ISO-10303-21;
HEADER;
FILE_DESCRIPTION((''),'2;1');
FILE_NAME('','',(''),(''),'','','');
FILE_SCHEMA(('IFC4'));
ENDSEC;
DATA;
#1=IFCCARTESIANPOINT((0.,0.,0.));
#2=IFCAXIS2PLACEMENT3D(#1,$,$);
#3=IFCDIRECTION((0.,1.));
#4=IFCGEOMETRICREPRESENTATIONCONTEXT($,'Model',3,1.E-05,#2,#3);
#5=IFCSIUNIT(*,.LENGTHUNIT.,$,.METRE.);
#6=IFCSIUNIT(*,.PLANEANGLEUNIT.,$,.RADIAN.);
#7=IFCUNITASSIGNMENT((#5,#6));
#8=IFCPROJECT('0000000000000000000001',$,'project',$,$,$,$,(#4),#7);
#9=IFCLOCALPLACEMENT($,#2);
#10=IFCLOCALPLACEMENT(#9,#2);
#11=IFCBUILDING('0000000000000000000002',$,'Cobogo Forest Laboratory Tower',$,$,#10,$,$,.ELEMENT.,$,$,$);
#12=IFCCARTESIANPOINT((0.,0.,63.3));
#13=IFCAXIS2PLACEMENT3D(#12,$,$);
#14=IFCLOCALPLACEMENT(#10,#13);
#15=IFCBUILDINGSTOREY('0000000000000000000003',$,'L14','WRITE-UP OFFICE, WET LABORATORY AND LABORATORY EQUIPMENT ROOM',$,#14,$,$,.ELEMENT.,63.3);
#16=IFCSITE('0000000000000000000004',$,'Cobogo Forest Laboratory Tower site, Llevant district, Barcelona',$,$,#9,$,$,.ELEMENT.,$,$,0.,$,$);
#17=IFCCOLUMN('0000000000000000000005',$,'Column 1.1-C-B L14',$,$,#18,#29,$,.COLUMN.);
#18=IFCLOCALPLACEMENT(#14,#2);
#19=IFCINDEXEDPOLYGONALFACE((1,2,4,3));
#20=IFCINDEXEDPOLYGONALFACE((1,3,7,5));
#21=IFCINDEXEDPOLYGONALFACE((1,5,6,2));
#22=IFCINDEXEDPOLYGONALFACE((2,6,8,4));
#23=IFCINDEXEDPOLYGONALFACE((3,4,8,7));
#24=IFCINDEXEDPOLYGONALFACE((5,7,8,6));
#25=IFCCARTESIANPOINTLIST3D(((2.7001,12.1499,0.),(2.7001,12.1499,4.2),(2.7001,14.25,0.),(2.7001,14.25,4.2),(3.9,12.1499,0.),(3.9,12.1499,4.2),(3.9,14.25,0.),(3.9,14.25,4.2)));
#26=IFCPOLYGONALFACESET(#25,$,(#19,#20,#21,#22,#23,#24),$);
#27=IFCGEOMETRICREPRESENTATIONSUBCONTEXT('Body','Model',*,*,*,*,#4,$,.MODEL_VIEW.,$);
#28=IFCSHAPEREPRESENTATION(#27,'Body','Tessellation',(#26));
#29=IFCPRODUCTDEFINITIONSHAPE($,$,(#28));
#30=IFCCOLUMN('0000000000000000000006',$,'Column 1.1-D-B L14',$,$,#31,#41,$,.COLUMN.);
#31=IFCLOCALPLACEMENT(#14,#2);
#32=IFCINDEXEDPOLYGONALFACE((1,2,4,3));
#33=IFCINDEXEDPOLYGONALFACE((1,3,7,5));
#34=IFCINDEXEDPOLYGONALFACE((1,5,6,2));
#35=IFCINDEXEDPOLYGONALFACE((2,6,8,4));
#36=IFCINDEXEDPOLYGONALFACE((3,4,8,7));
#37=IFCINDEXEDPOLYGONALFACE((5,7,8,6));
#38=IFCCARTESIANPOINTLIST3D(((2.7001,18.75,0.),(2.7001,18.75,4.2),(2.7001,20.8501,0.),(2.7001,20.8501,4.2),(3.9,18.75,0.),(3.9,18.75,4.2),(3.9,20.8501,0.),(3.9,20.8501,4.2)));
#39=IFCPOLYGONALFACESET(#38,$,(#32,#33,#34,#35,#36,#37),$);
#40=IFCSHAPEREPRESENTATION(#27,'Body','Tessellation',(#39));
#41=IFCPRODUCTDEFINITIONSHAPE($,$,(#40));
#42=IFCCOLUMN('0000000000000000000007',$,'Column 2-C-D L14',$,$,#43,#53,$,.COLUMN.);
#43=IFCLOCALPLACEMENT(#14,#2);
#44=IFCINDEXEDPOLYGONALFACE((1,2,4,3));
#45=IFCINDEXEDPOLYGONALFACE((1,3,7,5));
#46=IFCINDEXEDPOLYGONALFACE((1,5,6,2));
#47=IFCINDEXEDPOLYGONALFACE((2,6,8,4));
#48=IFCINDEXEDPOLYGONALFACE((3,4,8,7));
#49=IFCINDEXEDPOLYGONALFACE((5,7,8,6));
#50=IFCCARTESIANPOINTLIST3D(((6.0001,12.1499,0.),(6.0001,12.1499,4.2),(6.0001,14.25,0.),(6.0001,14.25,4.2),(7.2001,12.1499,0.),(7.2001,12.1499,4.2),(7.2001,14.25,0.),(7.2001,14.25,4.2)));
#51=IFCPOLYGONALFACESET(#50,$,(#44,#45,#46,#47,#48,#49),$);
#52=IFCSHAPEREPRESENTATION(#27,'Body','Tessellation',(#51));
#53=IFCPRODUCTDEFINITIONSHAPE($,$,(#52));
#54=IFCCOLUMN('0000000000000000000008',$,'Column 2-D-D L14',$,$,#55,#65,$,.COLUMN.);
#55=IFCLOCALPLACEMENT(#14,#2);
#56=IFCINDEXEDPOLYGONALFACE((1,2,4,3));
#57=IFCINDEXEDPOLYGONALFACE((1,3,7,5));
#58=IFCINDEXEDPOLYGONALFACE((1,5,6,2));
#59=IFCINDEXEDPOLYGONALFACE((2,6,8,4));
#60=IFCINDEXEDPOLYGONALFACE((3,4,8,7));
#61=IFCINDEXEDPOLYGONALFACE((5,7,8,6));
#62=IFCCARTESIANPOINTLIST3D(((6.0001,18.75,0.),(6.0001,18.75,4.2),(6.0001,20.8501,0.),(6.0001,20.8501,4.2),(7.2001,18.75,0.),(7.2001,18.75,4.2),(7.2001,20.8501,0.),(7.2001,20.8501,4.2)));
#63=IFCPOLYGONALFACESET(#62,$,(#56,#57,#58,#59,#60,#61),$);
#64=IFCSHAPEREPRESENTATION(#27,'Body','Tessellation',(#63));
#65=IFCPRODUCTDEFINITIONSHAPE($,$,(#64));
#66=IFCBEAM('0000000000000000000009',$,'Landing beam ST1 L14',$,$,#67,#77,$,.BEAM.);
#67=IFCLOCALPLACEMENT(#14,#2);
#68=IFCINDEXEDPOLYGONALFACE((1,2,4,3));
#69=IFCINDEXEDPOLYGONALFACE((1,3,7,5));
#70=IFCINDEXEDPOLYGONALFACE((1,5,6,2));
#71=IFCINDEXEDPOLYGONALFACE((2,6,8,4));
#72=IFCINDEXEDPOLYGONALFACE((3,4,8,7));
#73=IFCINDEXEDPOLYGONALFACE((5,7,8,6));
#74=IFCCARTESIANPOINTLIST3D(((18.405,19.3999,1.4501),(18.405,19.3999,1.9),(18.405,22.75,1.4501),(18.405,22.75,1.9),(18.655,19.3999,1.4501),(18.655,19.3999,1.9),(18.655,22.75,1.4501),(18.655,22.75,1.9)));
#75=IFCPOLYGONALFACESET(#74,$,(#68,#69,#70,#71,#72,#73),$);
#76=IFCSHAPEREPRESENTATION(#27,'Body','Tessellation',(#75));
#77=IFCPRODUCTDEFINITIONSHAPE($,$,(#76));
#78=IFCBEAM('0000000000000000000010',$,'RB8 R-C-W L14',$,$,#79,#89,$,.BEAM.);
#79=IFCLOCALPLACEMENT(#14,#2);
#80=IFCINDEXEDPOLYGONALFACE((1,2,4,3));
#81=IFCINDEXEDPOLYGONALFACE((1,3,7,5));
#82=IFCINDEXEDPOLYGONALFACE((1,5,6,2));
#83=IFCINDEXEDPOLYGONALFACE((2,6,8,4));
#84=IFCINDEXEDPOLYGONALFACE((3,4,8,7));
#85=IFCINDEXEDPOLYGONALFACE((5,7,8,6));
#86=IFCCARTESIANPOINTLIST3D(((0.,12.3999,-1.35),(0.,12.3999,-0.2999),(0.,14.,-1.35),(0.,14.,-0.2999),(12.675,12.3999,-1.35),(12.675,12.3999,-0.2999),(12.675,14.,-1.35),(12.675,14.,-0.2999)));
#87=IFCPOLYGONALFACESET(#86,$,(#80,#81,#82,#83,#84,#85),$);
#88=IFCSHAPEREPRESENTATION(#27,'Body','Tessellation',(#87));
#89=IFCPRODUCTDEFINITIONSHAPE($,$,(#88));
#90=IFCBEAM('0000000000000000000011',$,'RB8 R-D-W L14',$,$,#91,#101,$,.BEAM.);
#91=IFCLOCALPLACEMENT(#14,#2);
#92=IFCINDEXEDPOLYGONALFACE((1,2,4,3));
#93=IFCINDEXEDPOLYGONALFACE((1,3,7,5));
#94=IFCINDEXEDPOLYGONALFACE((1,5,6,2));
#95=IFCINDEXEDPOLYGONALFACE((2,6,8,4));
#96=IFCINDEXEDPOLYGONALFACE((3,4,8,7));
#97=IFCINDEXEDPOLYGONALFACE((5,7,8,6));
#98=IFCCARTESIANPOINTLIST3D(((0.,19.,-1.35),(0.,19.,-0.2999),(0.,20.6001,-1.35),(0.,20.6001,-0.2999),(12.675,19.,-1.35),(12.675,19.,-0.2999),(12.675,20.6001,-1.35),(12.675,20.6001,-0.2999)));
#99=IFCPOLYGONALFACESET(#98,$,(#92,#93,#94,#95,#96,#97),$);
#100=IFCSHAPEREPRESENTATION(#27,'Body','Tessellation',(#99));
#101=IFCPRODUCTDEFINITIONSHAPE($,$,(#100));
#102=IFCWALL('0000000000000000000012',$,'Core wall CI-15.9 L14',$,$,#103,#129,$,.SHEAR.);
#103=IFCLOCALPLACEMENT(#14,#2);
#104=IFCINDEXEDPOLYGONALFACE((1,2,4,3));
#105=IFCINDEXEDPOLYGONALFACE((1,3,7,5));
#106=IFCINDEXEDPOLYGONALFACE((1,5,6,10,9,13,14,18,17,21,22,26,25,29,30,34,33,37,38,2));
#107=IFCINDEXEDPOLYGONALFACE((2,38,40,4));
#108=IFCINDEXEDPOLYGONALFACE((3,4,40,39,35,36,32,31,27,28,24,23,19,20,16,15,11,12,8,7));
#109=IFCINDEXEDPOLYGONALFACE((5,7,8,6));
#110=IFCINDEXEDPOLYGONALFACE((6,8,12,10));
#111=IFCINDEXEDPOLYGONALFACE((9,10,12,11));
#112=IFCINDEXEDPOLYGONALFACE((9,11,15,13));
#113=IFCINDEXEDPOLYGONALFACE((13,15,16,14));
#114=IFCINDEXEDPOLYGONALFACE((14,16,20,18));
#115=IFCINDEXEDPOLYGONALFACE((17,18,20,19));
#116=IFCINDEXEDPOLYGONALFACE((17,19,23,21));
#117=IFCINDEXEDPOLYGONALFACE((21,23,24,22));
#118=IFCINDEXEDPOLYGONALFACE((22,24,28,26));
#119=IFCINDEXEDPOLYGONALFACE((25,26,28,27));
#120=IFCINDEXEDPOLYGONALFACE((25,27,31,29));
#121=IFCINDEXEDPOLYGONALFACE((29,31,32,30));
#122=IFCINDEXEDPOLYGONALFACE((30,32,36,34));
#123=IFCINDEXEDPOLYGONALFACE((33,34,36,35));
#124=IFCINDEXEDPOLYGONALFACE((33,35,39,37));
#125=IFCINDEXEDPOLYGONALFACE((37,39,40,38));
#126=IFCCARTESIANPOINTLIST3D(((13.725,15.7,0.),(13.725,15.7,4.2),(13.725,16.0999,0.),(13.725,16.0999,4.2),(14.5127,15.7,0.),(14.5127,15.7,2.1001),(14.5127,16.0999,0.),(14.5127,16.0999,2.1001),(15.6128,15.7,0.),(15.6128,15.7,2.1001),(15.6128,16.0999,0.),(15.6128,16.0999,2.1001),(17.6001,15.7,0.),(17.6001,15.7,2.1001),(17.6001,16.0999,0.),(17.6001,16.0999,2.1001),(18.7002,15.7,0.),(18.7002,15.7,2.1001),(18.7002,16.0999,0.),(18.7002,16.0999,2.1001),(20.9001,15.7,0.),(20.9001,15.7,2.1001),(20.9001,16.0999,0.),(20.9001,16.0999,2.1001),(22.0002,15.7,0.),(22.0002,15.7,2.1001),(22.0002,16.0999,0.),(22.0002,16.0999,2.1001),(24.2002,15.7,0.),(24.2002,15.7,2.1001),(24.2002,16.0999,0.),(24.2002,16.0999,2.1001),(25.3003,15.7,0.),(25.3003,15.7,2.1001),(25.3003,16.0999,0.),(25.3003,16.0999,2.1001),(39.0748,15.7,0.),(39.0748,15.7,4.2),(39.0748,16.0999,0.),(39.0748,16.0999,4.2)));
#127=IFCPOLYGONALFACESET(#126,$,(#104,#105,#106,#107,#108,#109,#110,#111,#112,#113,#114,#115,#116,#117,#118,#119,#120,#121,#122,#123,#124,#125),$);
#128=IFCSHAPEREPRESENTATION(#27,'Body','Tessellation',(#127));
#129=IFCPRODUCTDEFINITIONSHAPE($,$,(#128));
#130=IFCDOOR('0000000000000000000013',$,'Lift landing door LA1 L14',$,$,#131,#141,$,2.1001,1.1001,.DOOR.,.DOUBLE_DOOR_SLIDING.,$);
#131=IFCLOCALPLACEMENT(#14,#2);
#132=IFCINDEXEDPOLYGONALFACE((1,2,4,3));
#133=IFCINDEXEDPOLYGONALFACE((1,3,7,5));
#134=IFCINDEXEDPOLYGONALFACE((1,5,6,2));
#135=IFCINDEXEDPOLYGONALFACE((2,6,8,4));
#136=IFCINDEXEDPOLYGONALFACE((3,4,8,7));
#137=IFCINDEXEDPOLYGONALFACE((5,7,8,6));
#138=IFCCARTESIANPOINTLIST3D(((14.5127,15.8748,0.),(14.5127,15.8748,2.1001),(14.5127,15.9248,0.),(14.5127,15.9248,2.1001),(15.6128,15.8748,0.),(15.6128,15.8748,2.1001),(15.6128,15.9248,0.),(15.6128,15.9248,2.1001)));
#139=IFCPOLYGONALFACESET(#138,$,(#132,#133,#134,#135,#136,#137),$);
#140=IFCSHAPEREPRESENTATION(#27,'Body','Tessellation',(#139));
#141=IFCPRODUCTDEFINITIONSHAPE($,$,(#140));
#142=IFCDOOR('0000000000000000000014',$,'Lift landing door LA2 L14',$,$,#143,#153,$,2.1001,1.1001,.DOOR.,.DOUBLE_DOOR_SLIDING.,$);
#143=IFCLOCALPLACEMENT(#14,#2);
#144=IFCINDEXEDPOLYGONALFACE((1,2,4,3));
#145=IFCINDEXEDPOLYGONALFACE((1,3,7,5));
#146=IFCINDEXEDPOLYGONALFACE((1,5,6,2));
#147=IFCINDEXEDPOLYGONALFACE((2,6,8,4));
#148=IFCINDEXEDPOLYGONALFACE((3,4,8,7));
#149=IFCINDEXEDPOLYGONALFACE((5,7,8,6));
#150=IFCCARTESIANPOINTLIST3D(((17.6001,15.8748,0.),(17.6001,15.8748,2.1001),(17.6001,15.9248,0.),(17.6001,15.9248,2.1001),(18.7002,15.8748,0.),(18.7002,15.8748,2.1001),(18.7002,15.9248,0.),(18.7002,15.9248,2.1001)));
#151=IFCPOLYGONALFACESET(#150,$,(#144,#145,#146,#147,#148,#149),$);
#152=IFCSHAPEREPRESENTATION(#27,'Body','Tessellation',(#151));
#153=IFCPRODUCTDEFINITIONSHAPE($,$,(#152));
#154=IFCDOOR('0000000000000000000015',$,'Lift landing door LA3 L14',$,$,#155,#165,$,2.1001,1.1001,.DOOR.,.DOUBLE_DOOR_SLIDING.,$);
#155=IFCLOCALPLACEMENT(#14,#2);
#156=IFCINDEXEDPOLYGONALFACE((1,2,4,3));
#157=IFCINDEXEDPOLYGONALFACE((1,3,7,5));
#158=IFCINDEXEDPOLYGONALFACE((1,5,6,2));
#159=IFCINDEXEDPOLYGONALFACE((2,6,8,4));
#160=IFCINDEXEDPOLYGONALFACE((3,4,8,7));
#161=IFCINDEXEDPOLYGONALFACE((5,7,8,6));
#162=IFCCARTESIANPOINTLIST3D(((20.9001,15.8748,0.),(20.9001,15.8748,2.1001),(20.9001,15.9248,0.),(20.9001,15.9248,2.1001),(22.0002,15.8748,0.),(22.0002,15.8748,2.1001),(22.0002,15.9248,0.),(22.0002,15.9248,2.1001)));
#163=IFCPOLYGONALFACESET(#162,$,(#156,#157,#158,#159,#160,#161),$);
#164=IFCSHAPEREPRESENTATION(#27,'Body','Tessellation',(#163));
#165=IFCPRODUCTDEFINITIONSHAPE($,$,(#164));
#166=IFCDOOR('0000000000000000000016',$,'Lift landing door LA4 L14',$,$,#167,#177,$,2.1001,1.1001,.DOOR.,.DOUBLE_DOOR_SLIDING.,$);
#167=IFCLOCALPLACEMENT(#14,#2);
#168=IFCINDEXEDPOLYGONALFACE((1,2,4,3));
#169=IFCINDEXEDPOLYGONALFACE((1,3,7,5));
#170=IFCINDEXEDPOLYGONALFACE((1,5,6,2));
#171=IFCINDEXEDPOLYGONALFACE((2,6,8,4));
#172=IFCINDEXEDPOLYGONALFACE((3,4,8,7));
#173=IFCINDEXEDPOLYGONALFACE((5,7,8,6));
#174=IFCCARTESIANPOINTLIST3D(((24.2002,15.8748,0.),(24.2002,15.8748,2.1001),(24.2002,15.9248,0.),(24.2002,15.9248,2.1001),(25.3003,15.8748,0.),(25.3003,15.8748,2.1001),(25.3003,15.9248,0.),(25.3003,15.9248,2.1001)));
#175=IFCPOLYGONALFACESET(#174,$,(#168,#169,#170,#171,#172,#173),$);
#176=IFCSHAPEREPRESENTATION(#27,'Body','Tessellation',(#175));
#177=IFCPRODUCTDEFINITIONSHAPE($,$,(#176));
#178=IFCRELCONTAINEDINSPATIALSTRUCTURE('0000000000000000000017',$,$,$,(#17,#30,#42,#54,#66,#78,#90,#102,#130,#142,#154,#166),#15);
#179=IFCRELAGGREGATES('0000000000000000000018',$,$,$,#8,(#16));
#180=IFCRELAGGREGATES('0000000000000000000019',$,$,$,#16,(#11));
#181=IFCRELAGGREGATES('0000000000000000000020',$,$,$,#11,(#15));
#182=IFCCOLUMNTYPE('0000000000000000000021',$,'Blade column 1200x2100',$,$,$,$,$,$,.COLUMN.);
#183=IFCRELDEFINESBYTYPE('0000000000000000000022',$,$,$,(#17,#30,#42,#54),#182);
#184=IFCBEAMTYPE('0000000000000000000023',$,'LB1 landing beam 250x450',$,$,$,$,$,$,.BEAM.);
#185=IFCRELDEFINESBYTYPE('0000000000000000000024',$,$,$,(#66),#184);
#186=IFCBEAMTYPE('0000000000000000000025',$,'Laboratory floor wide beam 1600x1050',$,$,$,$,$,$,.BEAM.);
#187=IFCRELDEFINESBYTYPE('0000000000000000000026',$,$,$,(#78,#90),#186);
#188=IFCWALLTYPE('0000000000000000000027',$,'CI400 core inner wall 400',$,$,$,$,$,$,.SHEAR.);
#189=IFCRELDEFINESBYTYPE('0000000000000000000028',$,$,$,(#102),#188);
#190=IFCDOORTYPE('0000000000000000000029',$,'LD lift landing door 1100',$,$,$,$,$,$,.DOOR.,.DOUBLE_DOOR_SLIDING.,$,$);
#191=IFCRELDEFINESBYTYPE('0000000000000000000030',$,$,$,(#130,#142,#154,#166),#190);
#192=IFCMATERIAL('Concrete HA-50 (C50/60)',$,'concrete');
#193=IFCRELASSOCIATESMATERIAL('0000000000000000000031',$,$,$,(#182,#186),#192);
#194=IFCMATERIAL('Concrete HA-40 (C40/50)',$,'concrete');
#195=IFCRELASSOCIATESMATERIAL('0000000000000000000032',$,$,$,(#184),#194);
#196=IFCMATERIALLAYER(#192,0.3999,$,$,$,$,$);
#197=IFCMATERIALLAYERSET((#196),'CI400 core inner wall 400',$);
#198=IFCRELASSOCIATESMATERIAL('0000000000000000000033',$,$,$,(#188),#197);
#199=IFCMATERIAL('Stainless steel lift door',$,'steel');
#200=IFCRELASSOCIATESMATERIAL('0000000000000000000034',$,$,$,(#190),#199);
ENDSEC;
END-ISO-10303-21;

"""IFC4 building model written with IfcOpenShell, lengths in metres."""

from ifc_helpers import new_model, si_unit, direction, frame, frame_2d, origin, origin_2d, place, context, subcontext, project, spatial, rectangle, extrude, material, layer, layer_set, material_profile, profile_set, type_object, element, fill, save


model = new_model("IFC4")

# Units and contexts
model_context = context("Model", 3, precision=1e-05, world=origin(), true_north=direction((0.0, 1.0)))
body_context = subcontext(model_context, "Body", "Model", "MODEL_VIEW")
ifc_project = project(units=[si_unit("LENGTHUNIT", "METRE"), si_unit("PLANEANGLEUNIT", "RADIAN")], contexts=[model_context])

# Site, building, storey
site_placement = place(None, origin())
site = spatial("IfcSite", under=ifc_project, at=site_placement, Name="Cobogo Forest Laboratory Tower site, Llevant district, Barcelona", CompositionType="ELEMENT", RefElevation=0.0)
building_placement = place(site_placement, origin())
building = spatial("IfcBuilding", under=site, at=building_placement, Name="Cobogo Forest Laboratory Tower", CompositionType="ELEMENT")
storey_placement = place(building_placement, frame((0.0, 0.0, 63.3)))
storey = spatial("IfcBuildingStorey", under=building, at=storey_placement, Name="L14", Description="WRITE-UP OFFICE, WET LABORATORY AND LABORATORY EQUIPMENT ROOM", CompositionType="ELEMENT", Elevation=63.3)

# Columns
ifc_material_1 = material(Name="Concrete HA-50 (C50/60)", Category="concrete")
ifc_material_profile_1 = material_profile(ifc_material_1, rectangle(XDim=2.1001, YDim=1.2, at=origin_2d()), Name="RC 1200x2100")
ifc_profile_set_1 = profile_set([ifc_material_profile_1], Name="Concrete HA-50 (C50/60)")
column_type = type_object("IfcColumnType", Name="Blade column 1200x2100", PredefinedType="COLUMN", material=ifc_profile_set_1)
for number, where, z_axis, x_axis, name in (
    (1, (3.3, 13.2, 0.0), (0.0, 0.0, 1.0), (0.0, 1.0, 0.0), "Column 1.1-C-B L14"),
    (2, (3.3, 19.8, 0.0), (0.0, 0.0, 1.0), (0.0, 1.0, 0.0), "Column 1.1-D-B L14"),
    (3, (6.6001, 13.2, 0.0), (0.0, 0.0, 1.0), (0.0, 1.0, 0.0), "Column 2-C-D L14"),
    (4, (6.6001, 19.8, 0.0), (0.0, 0.0, 1.0), (0.0, 1.0, 0.0), "Column 2-D-D L14"),
):
    element("IfcColumn", number, at=place(storey_placement, frame(where, z_axis=z_axis, x_axis=x_axis)), inside=storey, type_object=column_type, Name=name, PredefinedType="COLUMN", context=body_context, shape_type="SweptSolid", body=[
        extrude(rectangle(XDim=2.1001, YDim=1.2, at=origin_2d()), origin(), (0.0, 0.0, 1.0), 4.2),
    ])

# Beams
ifc_material_2 = material(Name="Concrete HA-40 (C40/50)", Category="concrete")
ifc_material_profile_2 = material_profile(ifc_material_2, rectangle(XDim=0.25, YDim=0.45, at=origin_2d()), Name="RC 250x450")
ifc_profile_set_2 = profile_set([ifc_material_profile_2], Name="Concrete HA-40 (C40/50)")
beam_type_1 = type_object("IfcBeamType", Name="LB1 landing beam 250x450", PredefinedType="BEAM", material=ifc_profile_set_2)
beam_placement = place(storey_placement, frame((18.53, 19.3999, 1.675), z_axis=(0.0, 1.0, 0.0), x_axis=(-1.0, 0.0, 0.0)))
element("IfcBeam", 5, at=beam_placement, inside=storey, type_object=beam_type_1, Name="Landing beam ST1 L14", PredefinedType="BEAM", context=body_context, shape_type="SweptSolid", body=[
    extrude(rectangle(XDim=0.25, YDim=0.45, at=origin_2d()), origin(), (0.0, 0.0, 1.0), 3.3501),
])
ifc_material_profile_3 = material_profile(ifc_material_1, rectangle(XDim=1.6001, YDim=1.05, at=origin_2d()), Name="RC 1600x1050")
ifc_profile_set_3 = profile_set([ifc_material_profile_3], Name="Concrete HA-50 (C50/60)")
beam_type_2 = type_object("IfcBeamType", Name="Laboratory floor wide beam 1600x1050", PredefinedType="BEAM", material=ifc_profile_set_3)
for number, where, z_axis, x_axis, name in (
    (6, (12.675, 13.2, -0.825), (-1.0, 0.0, 0.0), (0.0, -1.0, 0.0), "RB8 R-C-W L14"),
    (7, (12.675, 19.8, -0.825), (-1.0, 0.0, 0.0), (0.0, -1.0, 0.0), "RB8 R-D-W L14"),
):
    element("IfcBeam", number, at=place(storey_placement, frame(where, z_axis=z_axis, x_axis=x_axis)), inside=storey, type_object=beam_type_2, Name=name, PredefinedType="BEAM", context=body_context, shape_type="SweptSolid", body=[
        extrude(rectangle(XDim=1.6001, YDim=1.05, at=origin_2d()), origin(), (0.0, 0.0, 1.0), 12.675),
    ])

# Wall, openings, doors
ifc_layer_1 = layer(ifc_material_1, 0.3999)
ifc_layer_set_1 = layer_set([ifc_layer_1], Name="CI400 core inner wall 400")
wall_type_1 = type_object("IfcWallType", Name="CI400 core inner wall 400", PredefinedType="SHEAR", material=ifc_layer_set_1)
wall_1_placement = place(storey_placement, frame((13.7251, 15.8999, 0.0), z_axis=(0.0, 0.0, 1.0), x_axis=(1.0, 0.0, 0.0)))
wall_1 = element("IfcWall", 8, at=wall_1_placement, inside=storey, type_object=wall_type_1, Name="Core wall CI-15.9 L14", PredefinedType="SHEAR", context=body_context, shape_type="SweptSolid", body=[
    extrude(rectangle(XDim=25.3499, YDim=0.3999, at=frame_2d((12.6748, 0.0))), origin(), (0.0, 0.0, 1.0), 4.2),
])
opening_1_placement = place(wall_1_placement, frame((0.7876, 0.0, 0.0)))
opening_1 = element("IfcOpeningElement", 9, at=opening_1_placement, cuts=wall_1, PredefinedType="OPENING", context=body_context, shape_type="SweptSolid", body=[
    extrude(rectangle(XDim=1.1001, YDim=2.1001, at=frame_2d((0.55, 1.05))), frame((0.0, 0.21, 0.0), z_axis=(0.0, -1.0, 0.0), x_axis=(1.0, 0.0, 0.0)), (0.0, 0.0, 1.0), 0.4199),
])
opening_2_placement = place(wall_1_placement, frame((3.875, 0.0, 0.0)))
opening_2 = element("IfcOpeningElement", 10, at=opening_2_placement, cuts=wall_1, PredefinedType="OPENING", context=body_context, shape_type="SweptSolid", body=[
    extrude(rectangle(XDim=1.1001, YDim=2.1001, at=frame_2d((0.55, 1.05))), frame((0.0, 0.21, 0.0), z_axis=(0.0, -1.0, 0.0), x_axis=(1.0, 0.0, 0.0)), (0.0, 0.0, 1.0), 0.4199),
])
opening_3_placement = place(wall_1_placement, frame((7.175, 0.0, 0.0)))
opening_3 = element("IfcOpeningElement", 11, at=opening_3_placement, cuts=wall_1, PredefinedType="OPENING", context=body_context, shape_type="SweptSolid", body=[
    extrude(rectangle(XDim=1.1001, YDim=2.1001, at=frame_2d((0.55, 1.05))), frame((0.0, 0.21, 0.0), z_axis=(0.0, -1.0, 0.0), x_axis=(1.0, 0.0, 0.0)), (0.0, 0.0, 1.0), 0.4199),
])
opening_4_placement = place(wall_1_placement, frame((10.4751, 0.0, 0.0)))
opening_4 = element("IfcOpeningElement", 12, at=opening_4_placement, cuts=wall_1, PredefinedType="OPENING", context=body_context, shape_type="SweptSolid", body=[
    extrude(rectangle(XDim=1.1001, YDim=2.1001, at=frame_2d((0.55, 1.05))), frame((0.0, 0.21, 0.0), z_axis=(0.0, -1.0, 0.0), x_axis=(1.0, 0.0, 0.0)), (0.0, 0.0, 1.0), 0.4199),
])
ifc_material_3 = material(Name="Stainless steel lift door", Category="steel")
door_type_1 = type_object("IfcDoorType", Name="LD lift landing door 1100", OperationType="DOUBLE_DOOR_SLIDING", PredefinedType="DOOR", material=ifc_material_3)
door_1_placement = place(opening_1_placement, origin())
door_1 = element("IfcDoor", 13, at=door_1_placement, inside=storey, type_object=door_type_1, Name="Lift landing door LA1 L14", OperationType="DOUBLE_DOOR_SLIDING", OverallHeight=2.1001, OverallWidth=1.1001, PredefinedType="DOOR", context=body_context, shape_type="SweptSolid", body=[
    extrude(rectangle(XDim=1.1001, YDim=2.1001, at=frame_2d((0.55, 1.05))), frame((0.0, 0.0249, 0.0), z_axis=(0.0, -1.0, 0.0), x_axis=(1.0, 0.0, 0.0)), (0.0, 0.0, 1.0), 0.05),
])
fill(opening_1, door_1)
door_2_placement = place(opening_2_placement, origin())
door_2 = element("IfcDoor", 14, at=door_2_placement, inside=storey, type_object=door_type_1, Name="Lift landing door LA2 L14", OperationType="DOUBLE_DOOR_SLIDING", OverallHeight=2.1001, OverallWidth=1.1001, PredefinedType="DOOR", context=body_context, shape_type="SweptSolid", body=[
    extrude(rectangle(XDim=1.1001, YDim=2.1001, at=frame_2d((0.55, 1.05))), frame((0.0, 0.0249, 0.0), z_axis=(0.0, -1.0, 0.0), x_axis=(1.0, 0.0, 0.0)), (0.0, 0.0, 1.0), 0.05),
])
fill(opening_2, door_2)
door_3_placement = place(opening_3_placement, origin())
door_3 = element("IfcDoor", 15, at=door_3_placement, inside=storey, type_object=door_type_1, Name="Lift landing door LA3 L14", OperationType="DOUBLE_DOOR_SLIDING", OverallHeight=2.1001, OverallWidth=1.1001, PredefinedType="DOOR", context=body_context, shape_type="SweptSolid", body=[
    extrude(rectangle(XDim=1.1001, YDim=2.1001, at=frame_2d((0.55, 1.05))), frame((0.0, 0.0249, 0.0), z_axis=(0.0, -1.0, 0.0), x_axis=(1.0, 0.0, 0.0)), (0.0, 0.0, 1.0), 0.05),
])
fill(opening_3, door_3)
door_4_placement = place(opening_4_placement, origin())
door_4 = element("IfcDoor", 16, at=door_4_placement, inside=storey, type_object=door_type_1, Name="Lift landing door LA4 L14", OperationType="DOUBLE_DOOR_SLIDING", OverallHeight=2.1001, OverallWidth=1.1001, PredefinedType="DOOR", context=body_context, shape_type="SweptSolid", body=[
    extrude(rectangle(XDim=1.1001, YDim=2.1001, at=frame_2d((0.55, 1.05))), frame((0.0, 0.0249, 0.0), z_axis=(0.0, -1.0, 0.0), x_axis=(1.0, 0.0, 0.0)), (0.0, 0.0, 1.0), 0.05),
])
fill(opening_4, door_4)

save(model, "model.ifc")
